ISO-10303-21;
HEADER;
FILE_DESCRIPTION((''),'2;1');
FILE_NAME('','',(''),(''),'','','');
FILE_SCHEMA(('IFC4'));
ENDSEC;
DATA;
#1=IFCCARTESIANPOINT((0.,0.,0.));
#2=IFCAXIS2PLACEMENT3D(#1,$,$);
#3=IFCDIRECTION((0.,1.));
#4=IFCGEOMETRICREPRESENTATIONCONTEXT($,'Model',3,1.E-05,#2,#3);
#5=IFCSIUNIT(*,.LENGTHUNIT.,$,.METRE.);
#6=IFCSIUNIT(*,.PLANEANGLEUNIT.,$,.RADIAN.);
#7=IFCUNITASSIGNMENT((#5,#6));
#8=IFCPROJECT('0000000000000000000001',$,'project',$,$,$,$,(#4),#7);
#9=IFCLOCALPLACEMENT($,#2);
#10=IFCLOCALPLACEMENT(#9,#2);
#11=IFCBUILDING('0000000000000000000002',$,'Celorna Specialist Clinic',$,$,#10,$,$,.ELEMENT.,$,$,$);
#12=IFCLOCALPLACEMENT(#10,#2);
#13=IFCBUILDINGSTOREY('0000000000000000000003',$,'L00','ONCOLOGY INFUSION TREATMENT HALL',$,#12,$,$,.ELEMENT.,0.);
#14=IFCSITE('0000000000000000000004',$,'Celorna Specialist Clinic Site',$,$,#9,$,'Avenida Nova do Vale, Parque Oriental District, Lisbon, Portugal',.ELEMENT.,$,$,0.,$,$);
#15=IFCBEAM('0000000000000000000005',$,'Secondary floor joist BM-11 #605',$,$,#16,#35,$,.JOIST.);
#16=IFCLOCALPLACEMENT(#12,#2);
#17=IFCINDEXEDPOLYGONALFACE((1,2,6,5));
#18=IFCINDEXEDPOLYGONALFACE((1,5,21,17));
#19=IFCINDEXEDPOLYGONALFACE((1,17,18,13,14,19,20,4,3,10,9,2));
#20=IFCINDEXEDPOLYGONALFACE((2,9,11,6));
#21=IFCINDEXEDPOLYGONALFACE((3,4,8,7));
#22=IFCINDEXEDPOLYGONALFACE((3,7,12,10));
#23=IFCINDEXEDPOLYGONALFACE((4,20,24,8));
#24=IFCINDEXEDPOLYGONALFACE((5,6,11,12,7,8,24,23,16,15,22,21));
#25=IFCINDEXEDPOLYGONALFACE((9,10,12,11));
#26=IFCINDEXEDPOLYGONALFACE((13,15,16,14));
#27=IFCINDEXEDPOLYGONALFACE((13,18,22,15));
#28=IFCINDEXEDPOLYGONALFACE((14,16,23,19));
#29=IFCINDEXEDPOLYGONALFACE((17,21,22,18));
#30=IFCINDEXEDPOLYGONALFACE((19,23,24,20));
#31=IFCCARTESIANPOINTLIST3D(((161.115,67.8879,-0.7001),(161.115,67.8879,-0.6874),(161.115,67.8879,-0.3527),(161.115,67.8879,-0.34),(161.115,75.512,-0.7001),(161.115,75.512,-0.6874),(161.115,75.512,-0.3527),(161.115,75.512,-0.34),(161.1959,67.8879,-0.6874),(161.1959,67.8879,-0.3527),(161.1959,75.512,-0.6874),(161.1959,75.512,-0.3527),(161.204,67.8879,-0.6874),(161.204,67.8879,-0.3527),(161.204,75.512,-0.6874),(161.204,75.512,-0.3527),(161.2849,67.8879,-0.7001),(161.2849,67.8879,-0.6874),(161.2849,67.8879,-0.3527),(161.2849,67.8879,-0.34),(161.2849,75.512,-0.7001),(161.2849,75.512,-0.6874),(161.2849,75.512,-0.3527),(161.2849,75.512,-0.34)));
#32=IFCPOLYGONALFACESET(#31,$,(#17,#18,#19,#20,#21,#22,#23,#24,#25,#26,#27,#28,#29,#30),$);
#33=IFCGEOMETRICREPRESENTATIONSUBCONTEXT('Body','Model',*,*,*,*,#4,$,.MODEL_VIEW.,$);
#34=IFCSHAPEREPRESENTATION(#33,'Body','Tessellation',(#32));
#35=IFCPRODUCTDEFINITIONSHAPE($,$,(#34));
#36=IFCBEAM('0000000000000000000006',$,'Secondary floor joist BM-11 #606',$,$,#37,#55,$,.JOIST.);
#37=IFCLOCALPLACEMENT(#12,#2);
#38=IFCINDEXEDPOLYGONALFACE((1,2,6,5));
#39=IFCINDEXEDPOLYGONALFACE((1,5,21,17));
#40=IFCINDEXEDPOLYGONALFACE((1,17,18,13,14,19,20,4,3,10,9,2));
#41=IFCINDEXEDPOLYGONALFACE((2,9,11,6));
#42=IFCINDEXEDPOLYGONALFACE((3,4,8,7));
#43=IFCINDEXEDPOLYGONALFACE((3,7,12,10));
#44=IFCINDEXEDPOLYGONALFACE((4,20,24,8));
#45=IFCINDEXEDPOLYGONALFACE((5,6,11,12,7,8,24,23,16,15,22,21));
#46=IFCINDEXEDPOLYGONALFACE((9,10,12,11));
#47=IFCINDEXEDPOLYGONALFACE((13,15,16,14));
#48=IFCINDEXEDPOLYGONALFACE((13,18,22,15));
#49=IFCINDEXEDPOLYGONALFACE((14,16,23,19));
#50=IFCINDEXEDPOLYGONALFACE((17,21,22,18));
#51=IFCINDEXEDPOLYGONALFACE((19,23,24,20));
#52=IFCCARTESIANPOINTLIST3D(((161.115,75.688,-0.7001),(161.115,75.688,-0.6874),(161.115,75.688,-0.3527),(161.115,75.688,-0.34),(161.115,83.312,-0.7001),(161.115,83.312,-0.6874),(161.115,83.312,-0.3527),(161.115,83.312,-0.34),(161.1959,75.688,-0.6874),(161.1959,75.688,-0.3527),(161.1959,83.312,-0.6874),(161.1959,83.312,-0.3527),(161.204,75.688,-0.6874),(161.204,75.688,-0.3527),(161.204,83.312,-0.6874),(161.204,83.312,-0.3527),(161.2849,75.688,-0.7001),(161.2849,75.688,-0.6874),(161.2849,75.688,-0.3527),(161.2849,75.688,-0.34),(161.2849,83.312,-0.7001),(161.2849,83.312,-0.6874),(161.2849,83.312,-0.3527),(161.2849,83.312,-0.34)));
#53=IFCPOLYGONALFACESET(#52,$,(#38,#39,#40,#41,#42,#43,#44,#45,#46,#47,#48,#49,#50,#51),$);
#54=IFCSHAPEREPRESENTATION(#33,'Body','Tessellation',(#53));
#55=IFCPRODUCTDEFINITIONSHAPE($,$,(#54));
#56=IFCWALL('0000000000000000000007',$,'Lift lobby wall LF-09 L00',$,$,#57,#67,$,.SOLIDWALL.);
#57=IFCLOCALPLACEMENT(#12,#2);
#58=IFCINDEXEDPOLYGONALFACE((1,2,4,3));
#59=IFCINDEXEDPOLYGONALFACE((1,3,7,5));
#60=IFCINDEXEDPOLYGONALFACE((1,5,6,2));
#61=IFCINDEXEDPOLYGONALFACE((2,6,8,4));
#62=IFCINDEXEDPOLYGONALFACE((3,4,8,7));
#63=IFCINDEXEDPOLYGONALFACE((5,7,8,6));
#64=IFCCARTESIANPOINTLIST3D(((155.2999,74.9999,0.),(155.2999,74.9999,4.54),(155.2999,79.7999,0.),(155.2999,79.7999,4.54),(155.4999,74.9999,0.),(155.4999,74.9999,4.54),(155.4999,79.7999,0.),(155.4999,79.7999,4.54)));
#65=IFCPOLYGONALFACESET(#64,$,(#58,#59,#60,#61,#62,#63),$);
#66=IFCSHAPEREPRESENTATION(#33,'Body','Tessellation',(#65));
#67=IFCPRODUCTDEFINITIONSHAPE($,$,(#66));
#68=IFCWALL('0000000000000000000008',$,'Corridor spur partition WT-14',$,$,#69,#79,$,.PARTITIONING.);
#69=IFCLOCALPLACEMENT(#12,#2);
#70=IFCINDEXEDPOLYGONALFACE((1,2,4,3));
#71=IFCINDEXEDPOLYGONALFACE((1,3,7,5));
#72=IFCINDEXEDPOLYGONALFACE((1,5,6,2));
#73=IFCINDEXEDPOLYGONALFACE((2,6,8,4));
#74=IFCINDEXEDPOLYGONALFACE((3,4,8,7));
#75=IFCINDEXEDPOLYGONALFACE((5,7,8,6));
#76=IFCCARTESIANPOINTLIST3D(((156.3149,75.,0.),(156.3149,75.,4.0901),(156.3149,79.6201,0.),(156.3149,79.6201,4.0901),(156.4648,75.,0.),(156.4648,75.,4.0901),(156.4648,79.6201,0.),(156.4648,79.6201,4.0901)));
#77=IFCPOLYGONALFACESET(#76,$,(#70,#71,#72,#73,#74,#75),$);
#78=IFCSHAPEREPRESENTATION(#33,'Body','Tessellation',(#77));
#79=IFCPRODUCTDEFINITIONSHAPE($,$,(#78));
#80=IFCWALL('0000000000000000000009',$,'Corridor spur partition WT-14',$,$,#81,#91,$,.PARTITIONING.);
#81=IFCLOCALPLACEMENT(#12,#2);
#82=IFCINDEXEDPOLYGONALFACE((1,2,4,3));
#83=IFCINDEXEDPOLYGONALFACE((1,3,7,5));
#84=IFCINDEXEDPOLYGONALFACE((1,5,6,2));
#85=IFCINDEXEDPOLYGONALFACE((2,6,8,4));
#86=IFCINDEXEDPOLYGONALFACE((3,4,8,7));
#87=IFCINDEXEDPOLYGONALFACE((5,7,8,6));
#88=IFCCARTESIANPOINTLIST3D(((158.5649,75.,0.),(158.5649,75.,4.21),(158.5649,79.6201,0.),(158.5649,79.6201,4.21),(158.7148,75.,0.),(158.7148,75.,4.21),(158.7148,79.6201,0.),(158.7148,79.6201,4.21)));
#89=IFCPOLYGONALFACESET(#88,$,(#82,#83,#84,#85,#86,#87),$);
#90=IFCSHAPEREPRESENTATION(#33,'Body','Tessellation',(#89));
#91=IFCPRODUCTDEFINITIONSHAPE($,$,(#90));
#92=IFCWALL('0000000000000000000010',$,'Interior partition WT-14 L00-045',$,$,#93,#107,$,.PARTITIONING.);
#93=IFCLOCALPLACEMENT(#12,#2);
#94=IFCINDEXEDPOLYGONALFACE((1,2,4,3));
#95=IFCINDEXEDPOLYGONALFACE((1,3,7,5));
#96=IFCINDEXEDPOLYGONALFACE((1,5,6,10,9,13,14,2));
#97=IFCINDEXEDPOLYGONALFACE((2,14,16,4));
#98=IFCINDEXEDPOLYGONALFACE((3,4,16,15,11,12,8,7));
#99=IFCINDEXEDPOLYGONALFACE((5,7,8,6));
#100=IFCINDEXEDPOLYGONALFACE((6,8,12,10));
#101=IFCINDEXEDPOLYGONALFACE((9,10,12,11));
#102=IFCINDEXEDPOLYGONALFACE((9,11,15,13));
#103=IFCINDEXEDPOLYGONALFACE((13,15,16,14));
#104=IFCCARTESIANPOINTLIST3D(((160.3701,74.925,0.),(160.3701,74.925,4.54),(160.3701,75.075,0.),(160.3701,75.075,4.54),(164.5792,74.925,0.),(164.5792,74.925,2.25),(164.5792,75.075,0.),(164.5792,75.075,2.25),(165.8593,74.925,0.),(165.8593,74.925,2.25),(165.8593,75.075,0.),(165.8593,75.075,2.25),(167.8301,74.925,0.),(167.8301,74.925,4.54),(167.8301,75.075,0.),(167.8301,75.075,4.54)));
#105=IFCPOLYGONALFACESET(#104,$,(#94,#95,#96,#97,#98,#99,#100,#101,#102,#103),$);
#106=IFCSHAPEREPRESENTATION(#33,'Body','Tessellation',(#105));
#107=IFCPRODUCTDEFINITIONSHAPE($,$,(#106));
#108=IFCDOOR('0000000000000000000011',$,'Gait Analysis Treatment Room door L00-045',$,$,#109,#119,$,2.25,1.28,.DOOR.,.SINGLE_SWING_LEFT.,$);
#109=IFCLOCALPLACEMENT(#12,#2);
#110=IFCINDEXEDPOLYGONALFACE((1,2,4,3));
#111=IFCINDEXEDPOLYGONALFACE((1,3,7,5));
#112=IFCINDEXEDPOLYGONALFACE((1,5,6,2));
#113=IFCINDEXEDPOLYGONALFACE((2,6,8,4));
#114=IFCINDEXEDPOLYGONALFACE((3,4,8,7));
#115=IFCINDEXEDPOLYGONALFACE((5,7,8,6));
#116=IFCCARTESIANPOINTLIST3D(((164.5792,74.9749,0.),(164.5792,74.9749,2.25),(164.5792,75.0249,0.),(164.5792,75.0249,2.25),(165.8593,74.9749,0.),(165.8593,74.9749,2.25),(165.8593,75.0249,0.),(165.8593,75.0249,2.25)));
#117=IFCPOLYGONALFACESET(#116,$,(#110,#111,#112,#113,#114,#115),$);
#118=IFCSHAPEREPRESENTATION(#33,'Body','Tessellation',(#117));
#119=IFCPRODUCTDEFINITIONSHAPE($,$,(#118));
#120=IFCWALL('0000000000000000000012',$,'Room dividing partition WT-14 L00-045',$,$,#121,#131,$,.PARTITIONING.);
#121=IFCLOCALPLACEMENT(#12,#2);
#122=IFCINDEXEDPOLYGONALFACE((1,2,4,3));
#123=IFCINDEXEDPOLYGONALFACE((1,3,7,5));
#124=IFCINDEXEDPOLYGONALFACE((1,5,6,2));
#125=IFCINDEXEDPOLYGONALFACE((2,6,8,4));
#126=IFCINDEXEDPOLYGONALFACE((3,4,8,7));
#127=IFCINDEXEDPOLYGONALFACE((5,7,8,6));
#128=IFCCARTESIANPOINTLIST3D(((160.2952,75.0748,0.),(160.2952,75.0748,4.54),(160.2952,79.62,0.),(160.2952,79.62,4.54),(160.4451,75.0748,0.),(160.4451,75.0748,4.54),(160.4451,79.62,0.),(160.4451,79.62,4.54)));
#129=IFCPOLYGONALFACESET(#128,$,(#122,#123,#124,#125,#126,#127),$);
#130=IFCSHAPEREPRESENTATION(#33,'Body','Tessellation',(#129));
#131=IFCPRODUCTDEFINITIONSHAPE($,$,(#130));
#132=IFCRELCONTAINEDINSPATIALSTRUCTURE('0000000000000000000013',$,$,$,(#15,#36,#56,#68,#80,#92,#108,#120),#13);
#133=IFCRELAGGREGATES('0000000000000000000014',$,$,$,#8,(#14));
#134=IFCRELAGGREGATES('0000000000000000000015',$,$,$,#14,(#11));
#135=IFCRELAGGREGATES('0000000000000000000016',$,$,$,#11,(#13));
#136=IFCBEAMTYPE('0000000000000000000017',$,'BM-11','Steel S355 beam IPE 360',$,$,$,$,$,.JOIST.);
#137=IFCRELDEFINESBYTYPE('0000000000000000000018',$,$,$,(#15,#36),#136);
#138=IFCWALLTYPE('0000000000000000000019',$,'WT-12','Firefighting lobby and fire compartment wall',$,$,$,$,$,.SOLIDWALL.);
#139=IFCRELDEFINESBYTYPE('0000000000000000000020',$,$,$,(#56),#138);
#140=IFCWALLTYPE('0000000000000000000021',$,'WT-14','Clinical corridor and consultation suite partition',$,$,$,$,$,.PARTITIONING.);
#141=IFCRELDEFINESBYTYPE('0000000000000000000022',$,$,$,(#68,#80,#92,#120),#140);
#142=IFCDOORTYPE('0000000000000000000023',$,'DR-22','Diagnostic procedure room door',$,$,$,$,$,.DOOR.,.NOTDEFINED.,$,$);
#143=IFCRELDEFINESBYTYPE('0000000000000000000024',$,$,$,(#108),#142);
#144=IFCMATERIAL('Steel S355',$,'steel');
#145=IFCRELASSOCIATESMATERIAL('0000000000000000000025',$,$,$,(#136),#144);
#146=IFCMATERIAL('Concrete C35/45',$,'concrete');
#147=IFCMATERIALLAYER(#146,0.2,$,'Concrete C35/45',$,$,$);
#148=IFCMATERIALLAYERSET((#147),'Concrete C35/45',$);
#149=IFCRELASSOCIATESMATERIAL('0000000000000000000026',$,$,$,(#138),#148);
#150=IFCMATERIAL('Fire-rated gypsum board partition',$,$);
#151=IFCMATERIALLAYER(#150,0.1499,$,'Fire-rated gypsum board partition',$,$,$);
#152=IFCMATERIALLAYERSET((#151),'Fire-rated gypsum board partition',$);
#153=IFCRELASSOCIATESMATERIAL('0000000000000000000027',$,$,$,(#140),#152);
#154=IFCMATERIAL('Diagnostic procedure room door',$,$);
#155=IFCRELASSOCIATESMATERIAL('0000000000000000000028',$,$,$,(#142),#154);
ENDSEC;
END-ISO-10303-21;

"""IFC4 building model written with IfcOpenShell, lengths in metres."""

from ifc_helpers import new_model, si_unit, direction, frame, frame_2d, origin, origin_2d, place, context, subcontext, project, spatial, rectangle, i_section, extrude, material, layer, layer_set, material_profile, profile_set, type_object, element, fill, save


model = new_model("IFC4")

# Units and contexts
model_context = context("Model", 3, precision=1e-05, world=origin(), true_north=direction((0.0, 1.0)))
body_context = subcontext(model_context, "Body", "Model", "MODEL_VIEW")
ifc_project = project(units=[si_unit("LENGTHUNIT", "METRE"), si_unit("PLANEANGLEUNIT", "RADIAN")], contexts=[model_context])

# Site, building, storey
site_placement = place(None, origin())
site = spatial("IfcSite", under=ifc_project, at=site_placement, Name="Celorna Specialist Clinic Site", LongName="Avenida Nova do Vale, Parque Oriental District, Lisbon, Portugal", CompositionType="ELEMENT", RefElevation=0.0)
building_placement = place(site_placement, origin())
building = spatial("IfcBuilding", under=site, at=building_placement, Name="Celorna Specialist Clinic", CompositionType="ELEMENT")
storey_placement = place(building_placement, origin())
storey = spatial("IfcBuildingStorey", under=building, at=storey_placement, Name="L00", Description="ONCOLOGY INFUSION TREATMENT HALL", CompositionType="ELEMENT", Elevation=0.0)

# Shared definitions
ifc_material_1 = material(Name="Steel S355", Category="steel")

# Beams
ifc_material_profile_1 = material_profile(ifc_material_1, i_section(OverallWidth=0.1699, OverallDepth=0.3601, WebThickness=0.0081, FlangeThickness=0.0127, at=origin_2d()), Name="IPE 360")
ifc_profile_set_1 = profile_set([ifc_material_profile_1], Name="Steel S355")
beam_type_1 = type_object("IfcBeamType", Name="BM-11", Description="Steel S355 beam IPE 360", PredefinedType="JOIST", material=ifc_profile_set_1)
for number, where, z_axis, x_axis, name in (
    (1, (161.2, 67.8879, -0.52), (0.0, 1.0, 0.0), (-1.0, 0.0, 0.0), "Secondary floor joist BM-11 #605"),
    (2, (161.2, 75.688, -0.52), (0.0, 1.0, 0.0), (-1.0, 0.0, 0.0), "Secondary floor joist BM-11 #606"),
):
    element("IfcBeam", number, at=place(storey_placement, frame(where, z_axis=z_axis, x_axis=x_axis)), inside=storey, type_object=beam_type_1, Name=name, PredefinedType="JOIST", context=body_context, shape_type="SweptSolid", body=[
        extrude(i_section(OverallWidth=0.1699, OverallDepth=0.3601, WebThickness=0.0081, FlangeThickness=0.0127, at=origin_2d()), origin(), (0.0, 0.0, 1.0), 7.624),
    ])

# Walls
ifc_material_2 = material(Name="Concrete C35/45", Category="concrete")
ifc_layer_1 = layer(ifc_material_2, 0.2, Name="Concrete C35/45")
ifc_layer_set_1 = layer_set([ifc_layer_1], Name="Concrete C35/45")
wall_type_1 = type_object("IfcWallType", Name="WT-12", Description="Firefighting lobby and fire compartment wall", PredefinedType="SOLIDWALL", material=ifc_layer_set_1)
wall_1_placement = place(storey_placement, frame((155.3999, 75.0, 0.0), z_axis=(0.0, 0.0, 1.0), x_axis=(0.0, 1.0, 0.0)))
element("IfcWall", 3, at=wall_1_placement, inside=storey, type_object=wall_type_1, Name="Lift lobby wall LF-09 L00", PredefinedType="SOLIDWALL", context=body_context, shape_type="SweptSolid", body=[
    extrude(rectangle(XDim=4.8, YDim=0.2, at=frame_2d((2.3999, 0.0))), origin(), (0.0, 0.0, 1.0), 4.54),
])
ifc_material_3 = material(Name="Fire-rated gypsum board partition")
ifc_layer_2 = layer(ifc_material_3, 0.1499, Name="Fire-rated gypsum board partition")
ifc_layer_set_2 = layer_set([ifc_layer_2], Name="Fire-rated gypsum board partition")
wall_type_2 = type_object("IfcWallType", Name="WT-14", Description="Clinical corridor and consultation suite partition", PredefinedType="PARTITIONING", material=ifc_layer_set_2)
wall_2_placement = place(storey_placement, frame((156.3899, 75.0, 0.0), z_axis=(0.0, 0.0, 1.0), x_axis=(0.0, 1.0, 0.0)))
element("IfcWall", 4, at=wall_2_placement, inside=storey, type_object=wall_type_2, Name="Corridor spur partition WT-14", PredefinedType="PARTITIONING", context=body_context, shape_type="SweptSolid", body=[
    extrude(rectangle(XDim=4.6201, YDim=0.1499, at=frame_2d((2.3101, 0.0))), origin(), (0.0, 0.0, 1.0), 4.0901),
])
wall_3_placement = place(storey_placement, frame((158.6399, 75.0, 0.0), z_axis=(0.0, 0.0, 1.0), x_axis=(0.0, 1.0, 0.0)))
element("IfcWall", 5, at=wall_3_placement, inside=storey, type_object=wall_type_2, Name="Corridor spur partition WT-14", PredefinedType="PARTITIONING", context=body_context, shape_type="SweptSolid", body=[
    extrude(rectangle(XDim=4.6201, YDim=0.1499, at=frame_2d((2.3101, 0.0))), origin(), (0.0, 0.0, 1.0), 4.21),
])

# Wall, opening, door
wall_4_placement = place(storey_placement, frame((160.3701, 75.0, 0.0), z_axis=(0.0, 0.0, 1.0), x_axis=(1.0, 0.0, 0.0)))
wall_4 = element("IfcWall", 6, at=wall_4_placement, inside=storey, type_object=wall_type_2, Name="Interior partition WT-14 L00-045", PredefinedType="PARTITIONING", context=body_context, shape_type="SweptSolid", body=[
    extrude(rectangle(XDim=7.46, YDim=0.1499, at=frame_2d((3.73, 0.0))), origin(), (0.0, 0.0, 1.0), 4.54),
])
opening_placement = place(wall_4_placement, frame((4.209, 0.0, 0.0)))
opening = element("IfcOpeningElement", 7, at=opening_placement, cuts=wall_4, PredefinedType="OPENING", context=body_context, shape_type="SweptSolid", body=[
    extrude(rectangle(XDim=1.28, YDim=2.25, at=frame_2d((0.6401, 1.125))), frame((0.0, 0.085, 0.0), z_axis=(0.0, -1.0, 0.0), x_axis=(1.0, 0.0, 0.0)), (0.0, 0.0, 1.0), 0.1699),
])
ifc_material_4 = material(Name="Diagnostic procedure room door")
door_type = type_object("IfcDoorType", Name="DR-22", Description="Diagnostic procedure room door", OperationType="NOTDEFINED", PredefinedType="DOOR", material=ifc_material_4)
door_placement = place(opening_placement, origin())
door = element("IfcDoor", 8, at=door_placement, inside=storey, type_object=door_type, Name="Gait Analysis Treatment Room door L00-045", OperationType="SINGLE_SWING_LEFT", OverallHeight=2.25, OverallWidth=1.28, PredefinedType="DOOR", context=body_context, shape_type="SweptSolid", body=[
    extrude(rectangle(XDim=1.28, YDim=2.25, at=frame_2d((0.6401, 1.125))), frame((0.0, 0.0249, 0.0), z_axis=(0.0, -1.0, 0.0), x_axis=(1.0, 0.0, 0.0)), (0.0, 0.0, 1.0), 0.05),
])
fill(opening, door)

# Wall
wall_5_placement = place(storey_placement, frame((160.3701, 75.075, 0.0), z_axis=(0.0, 0.0, 1.0), x_axis=(0.0, 1.0, 0.0)))
element("IfcWall", 9, at=wall_5_placement, inside=storey, type_object=wall_type_2, Name="Room dividing partition WT-14 L00-045", PredefinedType="PARTITIONING", context=body_context, shape_type="SweptSolid", body=[
    extrude(rectangle(XDim=4.5452, YDim=0.1499, at=frame_2d((2.2725, 0.0))), origin(), (0.0, 0.0, 1.0), 4.54),
])

save(model, "model.ifc")
